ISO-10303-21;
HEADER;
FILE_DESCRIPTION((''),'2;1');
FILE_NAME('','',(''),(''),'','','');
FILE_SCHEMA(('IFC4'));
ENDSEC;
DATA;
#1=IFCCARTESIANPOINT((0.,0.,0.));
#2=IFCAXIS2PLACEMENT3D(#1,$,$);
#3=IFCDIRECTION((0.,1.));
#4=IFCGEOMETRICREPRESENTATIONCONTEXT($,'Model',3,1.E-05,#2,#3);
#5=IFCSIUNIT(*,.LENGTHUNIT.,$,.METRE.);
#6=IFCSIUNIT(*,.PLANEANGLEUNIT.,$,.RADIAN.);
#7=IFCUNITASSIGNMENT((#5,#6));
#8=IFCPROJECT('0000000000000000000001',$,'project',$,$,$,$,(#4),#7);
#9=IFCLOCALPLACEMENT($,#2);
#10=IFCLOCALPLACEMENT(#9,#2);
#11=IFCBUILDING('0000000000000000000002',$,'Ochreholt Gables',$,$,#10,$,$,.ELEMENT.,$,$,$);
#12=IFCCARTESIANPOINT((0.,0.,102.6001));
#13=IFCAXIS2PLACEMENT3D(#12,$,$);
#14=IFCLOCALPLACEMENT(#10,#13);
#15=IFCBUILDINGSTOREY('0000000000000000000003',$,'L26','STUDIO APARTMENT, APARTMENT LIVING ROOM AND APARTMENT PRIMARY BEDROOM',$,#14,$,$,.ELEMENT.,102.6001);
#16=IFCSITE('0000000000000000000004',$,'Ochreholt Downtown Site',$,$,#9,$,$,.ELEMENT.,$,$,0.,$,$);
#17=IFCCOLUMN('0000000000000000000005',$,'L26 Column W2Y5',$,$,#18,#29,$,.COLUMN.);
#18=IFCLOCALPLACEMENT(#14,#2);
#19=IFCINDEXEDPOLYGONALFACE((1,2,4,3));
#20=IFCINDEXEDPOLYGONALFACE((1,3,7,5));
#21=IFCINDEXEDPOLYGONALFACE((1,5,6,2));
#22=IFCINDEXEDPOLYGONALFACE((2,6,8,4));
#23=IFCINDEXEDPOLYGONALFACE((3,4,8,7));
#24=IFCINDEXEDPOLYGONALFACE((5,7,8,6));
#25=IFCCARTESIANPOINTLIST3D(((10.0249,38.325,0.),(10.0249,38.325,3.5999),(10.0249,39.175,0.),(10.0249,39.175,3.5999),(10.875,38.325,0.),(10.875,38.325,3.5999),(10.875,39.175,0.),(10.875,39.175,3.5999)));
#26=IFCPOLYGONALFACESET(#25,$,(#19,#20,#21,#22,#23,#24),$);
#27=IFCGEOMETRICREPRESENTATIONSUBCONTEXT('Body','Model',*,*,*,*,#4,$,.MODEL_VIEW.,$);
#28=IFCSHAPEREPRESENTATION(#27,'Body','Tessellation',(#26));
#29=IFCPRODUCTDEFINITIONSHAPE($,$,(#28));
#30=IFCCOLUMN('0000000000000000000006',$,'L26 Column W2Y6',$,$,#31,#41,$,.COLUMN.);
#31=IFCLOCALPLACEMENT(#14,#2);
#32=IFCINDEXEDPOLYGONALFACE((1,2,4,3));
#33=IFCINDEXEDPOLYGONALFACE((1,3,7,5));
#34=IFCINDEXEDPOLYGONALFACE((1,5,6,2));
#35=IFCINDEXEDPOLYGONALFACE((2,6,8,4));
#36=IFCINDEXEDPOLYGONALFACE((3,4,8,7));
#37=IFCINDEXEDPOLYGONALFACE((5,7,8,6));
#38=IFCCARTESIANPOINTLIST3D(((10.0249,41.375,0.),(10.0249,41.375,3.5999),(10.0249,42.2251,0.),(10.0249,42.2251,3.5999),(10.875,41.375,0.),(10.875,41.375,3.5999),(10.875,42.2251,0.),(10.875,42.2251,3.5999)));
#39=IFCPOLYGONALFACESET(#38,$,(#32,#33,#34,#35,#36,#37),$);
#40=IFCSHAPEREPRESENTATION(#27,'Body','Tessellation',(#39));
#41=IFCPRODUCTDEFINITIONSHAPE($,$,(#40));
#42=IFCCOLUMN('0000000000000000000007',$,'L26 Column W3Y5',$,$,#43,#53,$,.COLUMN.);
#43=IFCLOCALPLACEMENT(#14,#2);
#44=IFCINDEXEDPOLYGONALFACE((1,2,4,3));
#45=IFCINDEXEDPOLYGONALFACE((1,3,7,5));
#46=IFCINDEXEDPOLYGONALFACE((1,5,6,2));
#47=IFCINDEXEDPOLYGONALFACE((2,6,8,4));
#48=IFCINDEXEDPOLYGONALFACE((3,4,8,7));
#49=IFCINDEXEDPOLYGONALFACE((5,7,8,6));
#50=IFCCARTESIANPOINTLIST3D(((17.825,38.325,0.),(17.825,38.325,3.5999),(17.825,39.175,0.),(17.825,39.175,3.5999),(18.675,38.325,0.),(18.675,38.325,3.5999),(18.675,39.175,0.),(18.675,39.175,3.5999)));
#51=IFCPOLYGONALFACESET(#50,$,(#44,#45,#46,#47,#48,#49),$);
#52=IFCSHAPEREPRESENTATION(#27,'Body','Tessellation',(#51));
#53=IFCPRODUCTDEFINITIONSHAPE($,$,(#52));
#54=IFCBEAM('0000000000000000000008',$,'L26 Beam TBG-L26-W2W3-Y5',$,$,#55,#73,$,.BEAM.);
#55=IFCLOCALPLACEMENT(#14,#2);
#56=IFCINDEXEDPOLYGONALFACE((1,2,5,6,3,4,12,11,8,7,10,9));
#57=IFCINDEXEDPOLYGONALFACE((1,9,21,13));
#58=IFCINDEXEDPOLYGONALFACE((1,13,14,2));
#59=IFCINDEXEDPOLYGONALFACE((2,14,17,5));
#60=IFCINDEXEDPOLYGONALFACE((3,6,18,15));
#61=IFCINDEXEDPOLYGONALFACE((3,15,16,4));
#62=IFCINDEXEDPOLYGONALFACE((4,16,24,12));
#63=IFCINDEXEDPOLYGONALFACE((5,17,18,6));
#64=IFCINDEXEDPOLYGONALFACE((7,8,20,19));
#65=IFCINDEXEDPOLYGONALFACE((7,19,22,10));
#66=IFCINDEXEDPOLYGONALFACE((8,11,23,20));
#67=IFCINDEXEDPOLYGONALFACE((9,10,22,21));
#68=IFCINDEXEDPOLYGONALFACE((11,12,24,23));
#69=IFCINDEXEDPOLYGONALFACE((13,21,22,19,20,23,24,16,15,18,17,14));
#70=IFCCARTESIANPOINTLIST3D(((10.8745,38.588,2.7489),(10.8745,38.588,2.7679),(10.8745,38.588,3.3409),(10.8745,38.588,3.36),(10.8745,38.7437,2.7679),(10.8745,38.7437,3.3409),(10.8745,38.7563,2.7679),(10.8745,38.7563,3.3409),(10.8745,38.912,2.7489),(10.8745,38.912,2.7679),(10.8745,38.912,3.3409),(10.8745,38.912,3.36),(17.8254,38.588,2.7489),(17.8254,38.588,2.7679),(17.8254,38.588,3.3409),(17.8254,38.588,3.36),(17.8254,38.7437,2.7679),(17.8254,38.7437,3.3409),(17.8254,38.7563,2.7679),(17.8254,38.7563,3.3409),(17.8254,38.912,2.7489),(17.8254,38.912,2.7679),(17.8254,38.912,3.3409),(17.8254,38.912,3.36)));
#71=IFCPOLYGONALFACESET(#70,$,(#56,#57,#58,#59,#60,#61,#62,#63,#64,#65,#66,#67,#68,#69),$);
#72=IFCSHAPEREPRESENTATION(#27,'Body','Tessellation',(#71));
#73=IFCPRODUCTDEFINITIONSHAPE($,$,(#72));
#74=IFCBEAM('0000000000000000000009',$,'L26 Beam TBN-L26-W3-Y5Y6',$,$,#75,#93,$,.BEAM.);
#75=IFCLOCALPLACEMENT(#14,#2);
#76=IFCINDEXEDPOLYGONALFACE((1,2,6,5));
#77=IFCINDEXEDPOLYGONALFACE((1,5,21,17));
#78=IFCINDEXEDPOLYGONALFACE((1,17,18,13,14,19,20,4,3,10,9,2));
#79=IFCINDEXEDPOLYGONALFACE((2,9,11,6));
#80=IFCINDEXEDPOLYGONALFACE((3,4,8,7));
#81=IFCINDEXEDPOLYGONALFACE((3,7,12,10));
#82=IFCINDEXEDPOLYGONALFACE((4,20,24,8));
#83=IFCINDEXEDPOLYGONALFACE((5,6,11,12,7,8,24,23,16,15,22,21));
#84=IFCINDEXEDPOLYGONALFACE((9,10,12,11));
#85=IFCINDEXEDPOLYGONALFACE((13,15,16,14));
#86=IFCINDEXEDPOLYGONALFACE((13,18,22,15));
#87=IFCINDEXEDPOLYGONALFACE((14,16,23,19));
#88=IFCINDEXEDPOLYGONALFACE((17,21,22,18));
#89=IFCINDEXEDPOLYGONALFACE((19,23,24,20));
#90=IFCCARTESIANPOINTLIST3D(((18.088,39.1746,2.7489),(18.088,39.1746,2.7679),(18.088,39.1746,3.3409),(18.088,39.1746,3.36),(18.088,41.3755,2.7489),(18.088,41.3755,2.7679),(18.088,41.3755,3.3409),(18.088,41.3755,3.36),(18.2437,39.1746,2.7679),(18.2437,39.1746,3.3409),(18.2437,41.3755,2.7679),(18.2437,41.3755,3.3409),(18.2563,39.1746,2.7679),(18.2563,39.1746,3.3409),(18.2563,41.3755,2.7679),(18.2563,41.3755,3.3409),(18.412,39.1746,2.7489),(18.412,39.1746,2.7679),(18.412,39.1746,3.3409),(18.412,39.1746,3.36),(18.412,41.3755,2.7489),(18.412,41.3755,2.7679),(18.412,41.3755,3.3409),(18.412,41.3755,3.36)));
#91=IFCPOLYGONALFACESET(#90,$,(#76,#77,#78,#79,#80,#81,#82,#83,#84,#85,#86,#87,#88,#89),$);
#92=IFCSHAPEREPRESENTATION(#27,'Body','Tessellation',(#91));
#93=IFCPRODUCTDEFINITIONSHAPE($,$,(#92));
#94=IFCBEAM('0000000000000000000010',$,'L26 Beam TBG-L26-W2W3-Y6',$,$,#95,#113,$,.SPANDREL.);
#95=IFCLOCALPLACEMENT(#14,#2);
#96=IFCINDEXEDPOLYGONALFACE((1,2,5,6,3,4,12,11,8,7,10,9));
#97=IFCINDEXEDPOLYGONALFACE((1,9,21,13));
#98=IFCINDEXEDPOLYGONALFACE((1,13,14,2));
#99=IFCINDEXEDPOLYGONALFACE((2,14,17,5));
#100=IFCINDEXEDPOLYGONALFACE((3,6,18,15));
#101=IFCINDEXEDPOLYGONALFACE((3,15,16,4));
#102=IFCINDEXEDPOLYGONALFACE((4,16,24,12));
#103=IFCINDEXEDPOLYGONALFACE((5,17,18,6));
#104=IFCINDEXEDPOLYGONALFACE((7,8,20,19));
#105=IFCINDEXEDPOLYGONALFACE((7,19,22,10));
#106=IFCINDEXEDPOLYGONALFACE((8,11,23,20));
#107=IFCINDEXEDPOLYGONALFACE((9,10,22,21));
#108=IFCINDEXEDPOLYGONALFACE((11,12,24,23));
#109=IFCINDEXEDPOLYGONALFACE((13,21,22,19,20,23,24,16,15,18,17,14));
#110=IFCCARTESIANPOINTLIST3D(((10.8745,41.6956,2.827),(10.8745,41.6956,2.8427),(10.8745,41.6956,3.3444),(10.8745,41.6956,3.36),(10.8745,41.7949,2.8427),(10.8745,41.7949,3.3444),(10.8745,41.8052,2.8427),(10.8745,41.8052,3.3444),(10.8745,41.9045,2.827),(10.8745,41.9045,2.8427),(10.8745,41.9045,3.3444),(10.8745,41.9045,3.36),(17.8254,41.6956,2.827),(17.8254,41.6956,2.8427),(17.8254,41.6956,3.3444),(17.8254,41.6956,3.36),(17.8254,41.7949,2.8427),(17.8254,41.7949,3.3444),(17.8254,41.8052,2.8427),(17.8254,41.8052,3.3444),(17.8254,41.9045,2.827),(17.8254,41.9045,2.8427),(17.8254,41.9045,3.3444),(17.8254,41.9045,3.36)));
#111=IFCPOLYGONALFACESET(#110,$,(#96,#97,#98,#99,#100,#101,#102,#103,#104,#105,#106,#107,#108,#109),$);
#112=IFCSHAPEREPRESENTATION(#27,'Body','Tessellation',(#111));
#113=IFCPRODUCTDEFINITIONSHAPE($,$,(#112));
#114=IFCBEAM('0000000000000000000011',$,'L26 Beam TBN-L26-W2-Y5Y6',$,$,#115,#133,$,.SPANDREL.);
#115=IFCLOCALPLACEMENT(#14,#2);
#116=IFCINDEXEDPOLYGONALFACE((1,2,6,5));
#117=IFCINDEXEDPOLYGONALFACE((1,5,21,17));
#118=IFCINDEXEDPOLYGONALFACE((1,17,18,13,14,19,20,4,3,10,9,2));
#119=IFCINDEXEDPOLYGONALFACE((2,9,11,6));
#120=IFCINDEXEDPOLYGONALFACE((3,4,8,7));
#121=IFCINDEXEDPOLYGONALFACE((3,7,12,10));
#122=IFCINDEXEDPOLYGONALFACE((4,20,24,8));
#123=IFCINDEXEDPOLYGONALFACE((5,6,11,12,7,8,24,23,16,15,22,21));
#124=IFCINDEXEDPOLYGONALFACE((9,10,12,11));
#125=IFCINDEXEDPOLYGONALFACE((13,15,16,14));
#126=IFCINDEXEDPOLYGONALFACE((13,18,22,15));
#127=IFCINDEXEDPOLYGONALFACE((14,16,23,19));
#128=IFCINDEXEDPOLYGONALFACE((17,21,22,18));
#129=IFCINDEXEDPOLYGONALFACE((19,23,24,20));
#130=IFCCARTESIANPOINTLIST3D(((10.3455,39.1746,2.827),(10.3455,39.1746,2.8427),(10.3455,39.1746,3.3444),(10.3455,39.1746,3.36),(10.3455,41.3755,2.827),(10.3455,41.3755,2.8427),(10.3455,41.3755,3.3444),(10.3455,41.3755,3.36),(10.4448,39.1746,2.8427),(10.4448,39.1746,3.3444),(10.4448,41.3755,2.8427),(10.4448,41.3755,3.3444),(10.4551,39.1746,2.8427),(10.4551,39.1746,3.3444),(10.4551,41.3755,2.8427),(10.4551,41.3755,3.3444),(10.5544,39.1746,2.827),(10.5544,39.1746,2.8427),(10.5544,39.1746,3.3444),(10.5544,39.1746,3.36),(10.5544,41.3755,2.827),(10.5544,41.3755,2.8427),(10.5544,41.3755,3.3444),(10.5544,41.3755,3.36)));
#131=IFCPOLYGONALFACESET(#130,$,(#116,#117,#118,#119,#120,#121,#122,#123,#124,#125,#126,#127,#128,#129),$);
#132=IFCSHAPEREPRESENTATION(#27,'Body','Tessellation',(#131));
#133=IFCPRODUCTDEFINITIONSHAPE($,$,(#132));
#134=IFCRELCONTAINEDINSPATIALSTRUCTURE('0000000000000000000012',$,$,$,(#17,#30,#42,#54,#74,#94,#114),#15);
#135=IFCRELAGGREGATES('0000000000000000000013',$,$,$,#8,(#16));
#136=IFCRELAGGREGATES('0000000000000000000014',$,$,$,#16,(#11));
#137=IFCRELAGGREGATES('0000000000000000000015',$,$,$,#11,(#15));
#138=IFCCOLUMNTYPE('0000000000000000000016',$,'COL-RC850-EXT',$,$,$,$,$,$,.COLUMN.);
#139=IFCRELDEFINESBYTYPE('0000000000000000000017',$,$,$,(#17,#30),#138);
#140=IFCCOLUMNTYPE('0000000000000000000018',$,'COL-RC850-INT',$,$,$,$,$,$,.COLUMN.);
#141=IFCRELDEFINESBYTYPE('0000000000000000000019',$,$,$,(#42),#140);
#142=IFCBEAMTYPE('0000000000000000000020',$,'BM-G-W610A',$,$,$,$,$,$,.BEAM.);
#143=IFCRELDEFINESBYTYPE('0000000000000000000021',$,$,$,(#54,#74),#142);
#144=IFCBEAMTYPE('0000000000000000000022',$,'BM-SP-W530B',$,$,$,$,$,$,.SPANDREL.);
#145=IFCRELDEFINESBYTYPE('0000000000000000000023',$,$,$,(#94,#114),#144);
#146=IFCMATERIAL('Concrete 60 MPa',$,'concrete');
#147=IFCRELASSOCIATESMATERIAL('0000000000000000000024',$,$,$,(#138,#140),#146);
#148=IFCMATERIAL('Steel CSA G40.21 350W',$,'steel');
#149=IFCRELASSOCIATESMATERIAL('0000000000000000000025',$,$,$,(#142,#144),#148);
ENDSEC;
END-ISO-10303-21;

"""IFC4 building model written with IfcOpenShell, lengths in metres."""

from ifc_helpers import new_model, si_unit, direction, frame, origin, origin_2d, place, context, subcontext, project, spatial, rectangle, i_section, extrude, material, material_profile, profile_set, type_object, element, save


model = new_model("IFC4")

# Units and contexts
model_context = context("Model", 3, precision=1e-05, world=origin(), true_north=direction((0.0, 1.0)))
body_context = subcontext(model_context, "Body", "Model", "MODEL_VIEW")
ifc_project = project(units=[si_unit("LENGTHUNIT", "METRE"), si_unit("PLANEANGLEUNIT", "RADIAN")], contexts=[model_context])

# Site, building, storey
site_placement = place(None, origin())
site = spatial("IfcSite", under=ifc_project, at=site_placement, Name="Ochreholt Downtown Site", CompositionType="ELEMENT", RefElevation=0.0)
building_placement = place(site_placement, origin())
building = spatial("IfcBuilding", under=site, at=building_placement, Name="Ochreholt Gables", CompositionType="ELEMENT")
storey_placement = place(building_placement, frame((0.0, 0.0, 102.6001)))
storey = spatial("IfcBuildingStorey", under=building, at=storey_placement, Name="L26", Description="STUDIO APARTMENT, APARTMENT LIVING ROOM AND APARTMENT PRIMARY BEDROOM", CompositionType="ELEMENT", Elevation=102.6001)

# Columns
ifc_material_1 = material(Name="Concrete 60 MPa", Category="concrete")
ifc_material_profile_1 = material_profile(ifc_material_1, rectangle(XDim=0.8501, YDim=0.8501, at=origin_2d()), Name="RC850X850")
ifc_profile_set_1 = profile_set([ifc_material_profile_1], Name="Concrete 60 MPa")
column_type_1 = type_object("IfcColumnType", Name="COL-RC850-EXT", PredefinedType="COLUMN", material=ifc_profile_set_1)
for number, where, z_axis, x_axis, name in (
    (1, (10.45, 38.75, 0.0), (0.0, 0.0, 1.0), (1.0, 0.0, 0.0), "L26 Column W2Y5"),
    (2, (10.45, 41.8, 0.0), (0.0, 0.0, 1.0), (1.0, 0.0, 0.0), "L26 Column W2Y6"),
):
    element("IfcColumn", number, at=place(storey_placement, frame(where, z_axis=z_axis, x_axis=x_axis)), inside=storey, type_object=column_type_1, Name=name, PredefinedType="COLUMN", context=body_context, shape_type="SweptSolid", body=[
        extrude(rectangle(XDim=0.8501, YDim=0.8501, at=origin_2d()), origin(), (0.0, 0.0, 1.0), 3.5999),
    ])
ifc_material_profile_2 = material_profile(ifc_material_1, rectangle(XDim=0.8501, YDim=0.8501, at=origin_2d()), Name="RC850X850")
ifc_profile_set_2 = profile_set([ifc_material_profile_2], Name="Concrete 60 MPa")
column_type_2 = type_object("IfcColumnType", Name="COL-RC850-INT", PredefinedType="COLUMN", material=ifc_profile_set_2)
column_placement = place(storey_placement, frame((18.25, 38.75, 0.0), z_axis=(0.0, 0.0, 1.0), x_axis=(1.0, 0.0, 0.0)))
element("IfcColumn", 3, at=column_placement, inside=storey, type_object=column_type_2, Name="L26 Column W3Y5", PredefinedType="COLUMN", context=body_context, shape_type="SweptSolid", body=[
    extrude(rectangle(XDim=0.8501, YDim=0.8501, at=origin_2d()), origin(), (0.0, 0.0, 1.0), 3.5999),
])

# Beams
ifc_material_2 = material(Name="Steel CSA G40.21 350W", Category="steel")
ifc_material_profile_3 = material_profile(ifc_material_2, i_section(OverallWidth=0.324, OverallDepth=0.6111, WebThickness=0.0127, FlangeThickness=0.019, at=origin_2d()), Name="W610X155")
ifc_profile_set_3 = profile_set([ifc_material_profile_3], Name="Steel CSA G40.21 350W")
beam_type_1 = type_object("IfcBeamType", Name="BM-G-W610A", PredefinedType="BEAM", material=ifc_profile_set_3)
beam_1_placement = place(storey_placement, frame((10.8745, 38.75, 3.0544), z_axis=(1.0, 0.0, 0.0), x_axis=(0.0, 1.0, 0.0)))
element("IfcBeam", 4, at=beam_1_placement, inside=storey, type_object=beam_type_1, Name="L26 Beam TBG-L26-W2W3-Y5", PredefinedType="BEAM", context=body_context, shape_type="SweptSolid", body=[
    extrude(i_section(OverallWidth=0.324, OverallDepth=0.6111, WebThickness=0.0127, FlangeThickness=0.019, at=origin_2d()), origin(), (0.0, 0.0, 1.0), 6.9509),
])
beam_2_placement = place(storey_placement, frame((18.25, 39.1746, 3.0544), z_axis=(0.0, 1.0, 0.0), x_axis=(-1.0, 0.0, 0.0)))
element("IfcBeam", 5, at=beam_2_placement, inside=storey, type_object=beam_type_1, Name="L26 Beam TBN-L26-W3-Y5Y6", PredefinedType="BEAM", context=body_context, shape_type="SweptSolid", body=[
    extrude(i_section(OverallWidth=0.324, OverallDepth=0.6111, WebThickness=0.0127, FlangeThickness=0.019, at=origin_2d()), origin(), (0.0, 0.0, 1.0), 2.2009),
])
ifc_material_profile_4 = material_profile(ifc_material_2, i_section(OverallWidth=0.209, OverallDepth=0.533, WebThickness=0.0103, FlangeThickness=0.0156, at=origin_2d()), Name="W530X92")
ifc_profile_set_4 = profile_set([ifc_material_profile_4], Name="Steel CSA G40.21 350W")
beam_type_2 = type_object("IfcBeamType", Name="BM-SP-W530B", PredefinedType="SPANDREL", material=ifc_profile_set_4)
beam_3_placement = place(storey_placement, frame((10.8745, 41.8, 3.0935), z_axis=(1.0, 0.0, 0.0), x_axis=(0.0, 1.0, 0.0)))
element("IfcBeam", 6, at=beam_3_placement, inside=storey, type_object=beam_type_2, Name="L26 Beam TBG-L26-W2W3-Y6", PredefinedType="SPANDREL", context=body_context, shape_type="SweptSolid", body=[
    extrude(i_section(OverallWidth=0.209, OverallDepth=0.533, WebThickness=0.0103, FlangeThickness=0.0156, at=origin_2d()), origin(), (0.0, 0.0, 1.0), 6.9509),
])
beam_4_placement = place(storey_placement, frame((10.45, 39.1746, 3.0935), z_axis=(0.0, 1.0, 0.0), x_axis=(-1.0, 0.0, 0.0)))
element("IfcBeam", 7, at=beam_4_placement, inside=storey, type_object=beam_type_2, Name="L26 Beam TBN-L26-W2-Y5Y6", PredefinedType="SPANDREL", context=body_context, shape_type="SweptSolid", body=[
    extrude(i_section(OverallWidth=0.209, OverallDepth=0.533, WebThickness=0.0103, FlangeThickness=0.0156, at=origin_2d()), origin(), (0.0, 0.0, 1.0), 2.2009),
])

save(model, "model.ifc")
